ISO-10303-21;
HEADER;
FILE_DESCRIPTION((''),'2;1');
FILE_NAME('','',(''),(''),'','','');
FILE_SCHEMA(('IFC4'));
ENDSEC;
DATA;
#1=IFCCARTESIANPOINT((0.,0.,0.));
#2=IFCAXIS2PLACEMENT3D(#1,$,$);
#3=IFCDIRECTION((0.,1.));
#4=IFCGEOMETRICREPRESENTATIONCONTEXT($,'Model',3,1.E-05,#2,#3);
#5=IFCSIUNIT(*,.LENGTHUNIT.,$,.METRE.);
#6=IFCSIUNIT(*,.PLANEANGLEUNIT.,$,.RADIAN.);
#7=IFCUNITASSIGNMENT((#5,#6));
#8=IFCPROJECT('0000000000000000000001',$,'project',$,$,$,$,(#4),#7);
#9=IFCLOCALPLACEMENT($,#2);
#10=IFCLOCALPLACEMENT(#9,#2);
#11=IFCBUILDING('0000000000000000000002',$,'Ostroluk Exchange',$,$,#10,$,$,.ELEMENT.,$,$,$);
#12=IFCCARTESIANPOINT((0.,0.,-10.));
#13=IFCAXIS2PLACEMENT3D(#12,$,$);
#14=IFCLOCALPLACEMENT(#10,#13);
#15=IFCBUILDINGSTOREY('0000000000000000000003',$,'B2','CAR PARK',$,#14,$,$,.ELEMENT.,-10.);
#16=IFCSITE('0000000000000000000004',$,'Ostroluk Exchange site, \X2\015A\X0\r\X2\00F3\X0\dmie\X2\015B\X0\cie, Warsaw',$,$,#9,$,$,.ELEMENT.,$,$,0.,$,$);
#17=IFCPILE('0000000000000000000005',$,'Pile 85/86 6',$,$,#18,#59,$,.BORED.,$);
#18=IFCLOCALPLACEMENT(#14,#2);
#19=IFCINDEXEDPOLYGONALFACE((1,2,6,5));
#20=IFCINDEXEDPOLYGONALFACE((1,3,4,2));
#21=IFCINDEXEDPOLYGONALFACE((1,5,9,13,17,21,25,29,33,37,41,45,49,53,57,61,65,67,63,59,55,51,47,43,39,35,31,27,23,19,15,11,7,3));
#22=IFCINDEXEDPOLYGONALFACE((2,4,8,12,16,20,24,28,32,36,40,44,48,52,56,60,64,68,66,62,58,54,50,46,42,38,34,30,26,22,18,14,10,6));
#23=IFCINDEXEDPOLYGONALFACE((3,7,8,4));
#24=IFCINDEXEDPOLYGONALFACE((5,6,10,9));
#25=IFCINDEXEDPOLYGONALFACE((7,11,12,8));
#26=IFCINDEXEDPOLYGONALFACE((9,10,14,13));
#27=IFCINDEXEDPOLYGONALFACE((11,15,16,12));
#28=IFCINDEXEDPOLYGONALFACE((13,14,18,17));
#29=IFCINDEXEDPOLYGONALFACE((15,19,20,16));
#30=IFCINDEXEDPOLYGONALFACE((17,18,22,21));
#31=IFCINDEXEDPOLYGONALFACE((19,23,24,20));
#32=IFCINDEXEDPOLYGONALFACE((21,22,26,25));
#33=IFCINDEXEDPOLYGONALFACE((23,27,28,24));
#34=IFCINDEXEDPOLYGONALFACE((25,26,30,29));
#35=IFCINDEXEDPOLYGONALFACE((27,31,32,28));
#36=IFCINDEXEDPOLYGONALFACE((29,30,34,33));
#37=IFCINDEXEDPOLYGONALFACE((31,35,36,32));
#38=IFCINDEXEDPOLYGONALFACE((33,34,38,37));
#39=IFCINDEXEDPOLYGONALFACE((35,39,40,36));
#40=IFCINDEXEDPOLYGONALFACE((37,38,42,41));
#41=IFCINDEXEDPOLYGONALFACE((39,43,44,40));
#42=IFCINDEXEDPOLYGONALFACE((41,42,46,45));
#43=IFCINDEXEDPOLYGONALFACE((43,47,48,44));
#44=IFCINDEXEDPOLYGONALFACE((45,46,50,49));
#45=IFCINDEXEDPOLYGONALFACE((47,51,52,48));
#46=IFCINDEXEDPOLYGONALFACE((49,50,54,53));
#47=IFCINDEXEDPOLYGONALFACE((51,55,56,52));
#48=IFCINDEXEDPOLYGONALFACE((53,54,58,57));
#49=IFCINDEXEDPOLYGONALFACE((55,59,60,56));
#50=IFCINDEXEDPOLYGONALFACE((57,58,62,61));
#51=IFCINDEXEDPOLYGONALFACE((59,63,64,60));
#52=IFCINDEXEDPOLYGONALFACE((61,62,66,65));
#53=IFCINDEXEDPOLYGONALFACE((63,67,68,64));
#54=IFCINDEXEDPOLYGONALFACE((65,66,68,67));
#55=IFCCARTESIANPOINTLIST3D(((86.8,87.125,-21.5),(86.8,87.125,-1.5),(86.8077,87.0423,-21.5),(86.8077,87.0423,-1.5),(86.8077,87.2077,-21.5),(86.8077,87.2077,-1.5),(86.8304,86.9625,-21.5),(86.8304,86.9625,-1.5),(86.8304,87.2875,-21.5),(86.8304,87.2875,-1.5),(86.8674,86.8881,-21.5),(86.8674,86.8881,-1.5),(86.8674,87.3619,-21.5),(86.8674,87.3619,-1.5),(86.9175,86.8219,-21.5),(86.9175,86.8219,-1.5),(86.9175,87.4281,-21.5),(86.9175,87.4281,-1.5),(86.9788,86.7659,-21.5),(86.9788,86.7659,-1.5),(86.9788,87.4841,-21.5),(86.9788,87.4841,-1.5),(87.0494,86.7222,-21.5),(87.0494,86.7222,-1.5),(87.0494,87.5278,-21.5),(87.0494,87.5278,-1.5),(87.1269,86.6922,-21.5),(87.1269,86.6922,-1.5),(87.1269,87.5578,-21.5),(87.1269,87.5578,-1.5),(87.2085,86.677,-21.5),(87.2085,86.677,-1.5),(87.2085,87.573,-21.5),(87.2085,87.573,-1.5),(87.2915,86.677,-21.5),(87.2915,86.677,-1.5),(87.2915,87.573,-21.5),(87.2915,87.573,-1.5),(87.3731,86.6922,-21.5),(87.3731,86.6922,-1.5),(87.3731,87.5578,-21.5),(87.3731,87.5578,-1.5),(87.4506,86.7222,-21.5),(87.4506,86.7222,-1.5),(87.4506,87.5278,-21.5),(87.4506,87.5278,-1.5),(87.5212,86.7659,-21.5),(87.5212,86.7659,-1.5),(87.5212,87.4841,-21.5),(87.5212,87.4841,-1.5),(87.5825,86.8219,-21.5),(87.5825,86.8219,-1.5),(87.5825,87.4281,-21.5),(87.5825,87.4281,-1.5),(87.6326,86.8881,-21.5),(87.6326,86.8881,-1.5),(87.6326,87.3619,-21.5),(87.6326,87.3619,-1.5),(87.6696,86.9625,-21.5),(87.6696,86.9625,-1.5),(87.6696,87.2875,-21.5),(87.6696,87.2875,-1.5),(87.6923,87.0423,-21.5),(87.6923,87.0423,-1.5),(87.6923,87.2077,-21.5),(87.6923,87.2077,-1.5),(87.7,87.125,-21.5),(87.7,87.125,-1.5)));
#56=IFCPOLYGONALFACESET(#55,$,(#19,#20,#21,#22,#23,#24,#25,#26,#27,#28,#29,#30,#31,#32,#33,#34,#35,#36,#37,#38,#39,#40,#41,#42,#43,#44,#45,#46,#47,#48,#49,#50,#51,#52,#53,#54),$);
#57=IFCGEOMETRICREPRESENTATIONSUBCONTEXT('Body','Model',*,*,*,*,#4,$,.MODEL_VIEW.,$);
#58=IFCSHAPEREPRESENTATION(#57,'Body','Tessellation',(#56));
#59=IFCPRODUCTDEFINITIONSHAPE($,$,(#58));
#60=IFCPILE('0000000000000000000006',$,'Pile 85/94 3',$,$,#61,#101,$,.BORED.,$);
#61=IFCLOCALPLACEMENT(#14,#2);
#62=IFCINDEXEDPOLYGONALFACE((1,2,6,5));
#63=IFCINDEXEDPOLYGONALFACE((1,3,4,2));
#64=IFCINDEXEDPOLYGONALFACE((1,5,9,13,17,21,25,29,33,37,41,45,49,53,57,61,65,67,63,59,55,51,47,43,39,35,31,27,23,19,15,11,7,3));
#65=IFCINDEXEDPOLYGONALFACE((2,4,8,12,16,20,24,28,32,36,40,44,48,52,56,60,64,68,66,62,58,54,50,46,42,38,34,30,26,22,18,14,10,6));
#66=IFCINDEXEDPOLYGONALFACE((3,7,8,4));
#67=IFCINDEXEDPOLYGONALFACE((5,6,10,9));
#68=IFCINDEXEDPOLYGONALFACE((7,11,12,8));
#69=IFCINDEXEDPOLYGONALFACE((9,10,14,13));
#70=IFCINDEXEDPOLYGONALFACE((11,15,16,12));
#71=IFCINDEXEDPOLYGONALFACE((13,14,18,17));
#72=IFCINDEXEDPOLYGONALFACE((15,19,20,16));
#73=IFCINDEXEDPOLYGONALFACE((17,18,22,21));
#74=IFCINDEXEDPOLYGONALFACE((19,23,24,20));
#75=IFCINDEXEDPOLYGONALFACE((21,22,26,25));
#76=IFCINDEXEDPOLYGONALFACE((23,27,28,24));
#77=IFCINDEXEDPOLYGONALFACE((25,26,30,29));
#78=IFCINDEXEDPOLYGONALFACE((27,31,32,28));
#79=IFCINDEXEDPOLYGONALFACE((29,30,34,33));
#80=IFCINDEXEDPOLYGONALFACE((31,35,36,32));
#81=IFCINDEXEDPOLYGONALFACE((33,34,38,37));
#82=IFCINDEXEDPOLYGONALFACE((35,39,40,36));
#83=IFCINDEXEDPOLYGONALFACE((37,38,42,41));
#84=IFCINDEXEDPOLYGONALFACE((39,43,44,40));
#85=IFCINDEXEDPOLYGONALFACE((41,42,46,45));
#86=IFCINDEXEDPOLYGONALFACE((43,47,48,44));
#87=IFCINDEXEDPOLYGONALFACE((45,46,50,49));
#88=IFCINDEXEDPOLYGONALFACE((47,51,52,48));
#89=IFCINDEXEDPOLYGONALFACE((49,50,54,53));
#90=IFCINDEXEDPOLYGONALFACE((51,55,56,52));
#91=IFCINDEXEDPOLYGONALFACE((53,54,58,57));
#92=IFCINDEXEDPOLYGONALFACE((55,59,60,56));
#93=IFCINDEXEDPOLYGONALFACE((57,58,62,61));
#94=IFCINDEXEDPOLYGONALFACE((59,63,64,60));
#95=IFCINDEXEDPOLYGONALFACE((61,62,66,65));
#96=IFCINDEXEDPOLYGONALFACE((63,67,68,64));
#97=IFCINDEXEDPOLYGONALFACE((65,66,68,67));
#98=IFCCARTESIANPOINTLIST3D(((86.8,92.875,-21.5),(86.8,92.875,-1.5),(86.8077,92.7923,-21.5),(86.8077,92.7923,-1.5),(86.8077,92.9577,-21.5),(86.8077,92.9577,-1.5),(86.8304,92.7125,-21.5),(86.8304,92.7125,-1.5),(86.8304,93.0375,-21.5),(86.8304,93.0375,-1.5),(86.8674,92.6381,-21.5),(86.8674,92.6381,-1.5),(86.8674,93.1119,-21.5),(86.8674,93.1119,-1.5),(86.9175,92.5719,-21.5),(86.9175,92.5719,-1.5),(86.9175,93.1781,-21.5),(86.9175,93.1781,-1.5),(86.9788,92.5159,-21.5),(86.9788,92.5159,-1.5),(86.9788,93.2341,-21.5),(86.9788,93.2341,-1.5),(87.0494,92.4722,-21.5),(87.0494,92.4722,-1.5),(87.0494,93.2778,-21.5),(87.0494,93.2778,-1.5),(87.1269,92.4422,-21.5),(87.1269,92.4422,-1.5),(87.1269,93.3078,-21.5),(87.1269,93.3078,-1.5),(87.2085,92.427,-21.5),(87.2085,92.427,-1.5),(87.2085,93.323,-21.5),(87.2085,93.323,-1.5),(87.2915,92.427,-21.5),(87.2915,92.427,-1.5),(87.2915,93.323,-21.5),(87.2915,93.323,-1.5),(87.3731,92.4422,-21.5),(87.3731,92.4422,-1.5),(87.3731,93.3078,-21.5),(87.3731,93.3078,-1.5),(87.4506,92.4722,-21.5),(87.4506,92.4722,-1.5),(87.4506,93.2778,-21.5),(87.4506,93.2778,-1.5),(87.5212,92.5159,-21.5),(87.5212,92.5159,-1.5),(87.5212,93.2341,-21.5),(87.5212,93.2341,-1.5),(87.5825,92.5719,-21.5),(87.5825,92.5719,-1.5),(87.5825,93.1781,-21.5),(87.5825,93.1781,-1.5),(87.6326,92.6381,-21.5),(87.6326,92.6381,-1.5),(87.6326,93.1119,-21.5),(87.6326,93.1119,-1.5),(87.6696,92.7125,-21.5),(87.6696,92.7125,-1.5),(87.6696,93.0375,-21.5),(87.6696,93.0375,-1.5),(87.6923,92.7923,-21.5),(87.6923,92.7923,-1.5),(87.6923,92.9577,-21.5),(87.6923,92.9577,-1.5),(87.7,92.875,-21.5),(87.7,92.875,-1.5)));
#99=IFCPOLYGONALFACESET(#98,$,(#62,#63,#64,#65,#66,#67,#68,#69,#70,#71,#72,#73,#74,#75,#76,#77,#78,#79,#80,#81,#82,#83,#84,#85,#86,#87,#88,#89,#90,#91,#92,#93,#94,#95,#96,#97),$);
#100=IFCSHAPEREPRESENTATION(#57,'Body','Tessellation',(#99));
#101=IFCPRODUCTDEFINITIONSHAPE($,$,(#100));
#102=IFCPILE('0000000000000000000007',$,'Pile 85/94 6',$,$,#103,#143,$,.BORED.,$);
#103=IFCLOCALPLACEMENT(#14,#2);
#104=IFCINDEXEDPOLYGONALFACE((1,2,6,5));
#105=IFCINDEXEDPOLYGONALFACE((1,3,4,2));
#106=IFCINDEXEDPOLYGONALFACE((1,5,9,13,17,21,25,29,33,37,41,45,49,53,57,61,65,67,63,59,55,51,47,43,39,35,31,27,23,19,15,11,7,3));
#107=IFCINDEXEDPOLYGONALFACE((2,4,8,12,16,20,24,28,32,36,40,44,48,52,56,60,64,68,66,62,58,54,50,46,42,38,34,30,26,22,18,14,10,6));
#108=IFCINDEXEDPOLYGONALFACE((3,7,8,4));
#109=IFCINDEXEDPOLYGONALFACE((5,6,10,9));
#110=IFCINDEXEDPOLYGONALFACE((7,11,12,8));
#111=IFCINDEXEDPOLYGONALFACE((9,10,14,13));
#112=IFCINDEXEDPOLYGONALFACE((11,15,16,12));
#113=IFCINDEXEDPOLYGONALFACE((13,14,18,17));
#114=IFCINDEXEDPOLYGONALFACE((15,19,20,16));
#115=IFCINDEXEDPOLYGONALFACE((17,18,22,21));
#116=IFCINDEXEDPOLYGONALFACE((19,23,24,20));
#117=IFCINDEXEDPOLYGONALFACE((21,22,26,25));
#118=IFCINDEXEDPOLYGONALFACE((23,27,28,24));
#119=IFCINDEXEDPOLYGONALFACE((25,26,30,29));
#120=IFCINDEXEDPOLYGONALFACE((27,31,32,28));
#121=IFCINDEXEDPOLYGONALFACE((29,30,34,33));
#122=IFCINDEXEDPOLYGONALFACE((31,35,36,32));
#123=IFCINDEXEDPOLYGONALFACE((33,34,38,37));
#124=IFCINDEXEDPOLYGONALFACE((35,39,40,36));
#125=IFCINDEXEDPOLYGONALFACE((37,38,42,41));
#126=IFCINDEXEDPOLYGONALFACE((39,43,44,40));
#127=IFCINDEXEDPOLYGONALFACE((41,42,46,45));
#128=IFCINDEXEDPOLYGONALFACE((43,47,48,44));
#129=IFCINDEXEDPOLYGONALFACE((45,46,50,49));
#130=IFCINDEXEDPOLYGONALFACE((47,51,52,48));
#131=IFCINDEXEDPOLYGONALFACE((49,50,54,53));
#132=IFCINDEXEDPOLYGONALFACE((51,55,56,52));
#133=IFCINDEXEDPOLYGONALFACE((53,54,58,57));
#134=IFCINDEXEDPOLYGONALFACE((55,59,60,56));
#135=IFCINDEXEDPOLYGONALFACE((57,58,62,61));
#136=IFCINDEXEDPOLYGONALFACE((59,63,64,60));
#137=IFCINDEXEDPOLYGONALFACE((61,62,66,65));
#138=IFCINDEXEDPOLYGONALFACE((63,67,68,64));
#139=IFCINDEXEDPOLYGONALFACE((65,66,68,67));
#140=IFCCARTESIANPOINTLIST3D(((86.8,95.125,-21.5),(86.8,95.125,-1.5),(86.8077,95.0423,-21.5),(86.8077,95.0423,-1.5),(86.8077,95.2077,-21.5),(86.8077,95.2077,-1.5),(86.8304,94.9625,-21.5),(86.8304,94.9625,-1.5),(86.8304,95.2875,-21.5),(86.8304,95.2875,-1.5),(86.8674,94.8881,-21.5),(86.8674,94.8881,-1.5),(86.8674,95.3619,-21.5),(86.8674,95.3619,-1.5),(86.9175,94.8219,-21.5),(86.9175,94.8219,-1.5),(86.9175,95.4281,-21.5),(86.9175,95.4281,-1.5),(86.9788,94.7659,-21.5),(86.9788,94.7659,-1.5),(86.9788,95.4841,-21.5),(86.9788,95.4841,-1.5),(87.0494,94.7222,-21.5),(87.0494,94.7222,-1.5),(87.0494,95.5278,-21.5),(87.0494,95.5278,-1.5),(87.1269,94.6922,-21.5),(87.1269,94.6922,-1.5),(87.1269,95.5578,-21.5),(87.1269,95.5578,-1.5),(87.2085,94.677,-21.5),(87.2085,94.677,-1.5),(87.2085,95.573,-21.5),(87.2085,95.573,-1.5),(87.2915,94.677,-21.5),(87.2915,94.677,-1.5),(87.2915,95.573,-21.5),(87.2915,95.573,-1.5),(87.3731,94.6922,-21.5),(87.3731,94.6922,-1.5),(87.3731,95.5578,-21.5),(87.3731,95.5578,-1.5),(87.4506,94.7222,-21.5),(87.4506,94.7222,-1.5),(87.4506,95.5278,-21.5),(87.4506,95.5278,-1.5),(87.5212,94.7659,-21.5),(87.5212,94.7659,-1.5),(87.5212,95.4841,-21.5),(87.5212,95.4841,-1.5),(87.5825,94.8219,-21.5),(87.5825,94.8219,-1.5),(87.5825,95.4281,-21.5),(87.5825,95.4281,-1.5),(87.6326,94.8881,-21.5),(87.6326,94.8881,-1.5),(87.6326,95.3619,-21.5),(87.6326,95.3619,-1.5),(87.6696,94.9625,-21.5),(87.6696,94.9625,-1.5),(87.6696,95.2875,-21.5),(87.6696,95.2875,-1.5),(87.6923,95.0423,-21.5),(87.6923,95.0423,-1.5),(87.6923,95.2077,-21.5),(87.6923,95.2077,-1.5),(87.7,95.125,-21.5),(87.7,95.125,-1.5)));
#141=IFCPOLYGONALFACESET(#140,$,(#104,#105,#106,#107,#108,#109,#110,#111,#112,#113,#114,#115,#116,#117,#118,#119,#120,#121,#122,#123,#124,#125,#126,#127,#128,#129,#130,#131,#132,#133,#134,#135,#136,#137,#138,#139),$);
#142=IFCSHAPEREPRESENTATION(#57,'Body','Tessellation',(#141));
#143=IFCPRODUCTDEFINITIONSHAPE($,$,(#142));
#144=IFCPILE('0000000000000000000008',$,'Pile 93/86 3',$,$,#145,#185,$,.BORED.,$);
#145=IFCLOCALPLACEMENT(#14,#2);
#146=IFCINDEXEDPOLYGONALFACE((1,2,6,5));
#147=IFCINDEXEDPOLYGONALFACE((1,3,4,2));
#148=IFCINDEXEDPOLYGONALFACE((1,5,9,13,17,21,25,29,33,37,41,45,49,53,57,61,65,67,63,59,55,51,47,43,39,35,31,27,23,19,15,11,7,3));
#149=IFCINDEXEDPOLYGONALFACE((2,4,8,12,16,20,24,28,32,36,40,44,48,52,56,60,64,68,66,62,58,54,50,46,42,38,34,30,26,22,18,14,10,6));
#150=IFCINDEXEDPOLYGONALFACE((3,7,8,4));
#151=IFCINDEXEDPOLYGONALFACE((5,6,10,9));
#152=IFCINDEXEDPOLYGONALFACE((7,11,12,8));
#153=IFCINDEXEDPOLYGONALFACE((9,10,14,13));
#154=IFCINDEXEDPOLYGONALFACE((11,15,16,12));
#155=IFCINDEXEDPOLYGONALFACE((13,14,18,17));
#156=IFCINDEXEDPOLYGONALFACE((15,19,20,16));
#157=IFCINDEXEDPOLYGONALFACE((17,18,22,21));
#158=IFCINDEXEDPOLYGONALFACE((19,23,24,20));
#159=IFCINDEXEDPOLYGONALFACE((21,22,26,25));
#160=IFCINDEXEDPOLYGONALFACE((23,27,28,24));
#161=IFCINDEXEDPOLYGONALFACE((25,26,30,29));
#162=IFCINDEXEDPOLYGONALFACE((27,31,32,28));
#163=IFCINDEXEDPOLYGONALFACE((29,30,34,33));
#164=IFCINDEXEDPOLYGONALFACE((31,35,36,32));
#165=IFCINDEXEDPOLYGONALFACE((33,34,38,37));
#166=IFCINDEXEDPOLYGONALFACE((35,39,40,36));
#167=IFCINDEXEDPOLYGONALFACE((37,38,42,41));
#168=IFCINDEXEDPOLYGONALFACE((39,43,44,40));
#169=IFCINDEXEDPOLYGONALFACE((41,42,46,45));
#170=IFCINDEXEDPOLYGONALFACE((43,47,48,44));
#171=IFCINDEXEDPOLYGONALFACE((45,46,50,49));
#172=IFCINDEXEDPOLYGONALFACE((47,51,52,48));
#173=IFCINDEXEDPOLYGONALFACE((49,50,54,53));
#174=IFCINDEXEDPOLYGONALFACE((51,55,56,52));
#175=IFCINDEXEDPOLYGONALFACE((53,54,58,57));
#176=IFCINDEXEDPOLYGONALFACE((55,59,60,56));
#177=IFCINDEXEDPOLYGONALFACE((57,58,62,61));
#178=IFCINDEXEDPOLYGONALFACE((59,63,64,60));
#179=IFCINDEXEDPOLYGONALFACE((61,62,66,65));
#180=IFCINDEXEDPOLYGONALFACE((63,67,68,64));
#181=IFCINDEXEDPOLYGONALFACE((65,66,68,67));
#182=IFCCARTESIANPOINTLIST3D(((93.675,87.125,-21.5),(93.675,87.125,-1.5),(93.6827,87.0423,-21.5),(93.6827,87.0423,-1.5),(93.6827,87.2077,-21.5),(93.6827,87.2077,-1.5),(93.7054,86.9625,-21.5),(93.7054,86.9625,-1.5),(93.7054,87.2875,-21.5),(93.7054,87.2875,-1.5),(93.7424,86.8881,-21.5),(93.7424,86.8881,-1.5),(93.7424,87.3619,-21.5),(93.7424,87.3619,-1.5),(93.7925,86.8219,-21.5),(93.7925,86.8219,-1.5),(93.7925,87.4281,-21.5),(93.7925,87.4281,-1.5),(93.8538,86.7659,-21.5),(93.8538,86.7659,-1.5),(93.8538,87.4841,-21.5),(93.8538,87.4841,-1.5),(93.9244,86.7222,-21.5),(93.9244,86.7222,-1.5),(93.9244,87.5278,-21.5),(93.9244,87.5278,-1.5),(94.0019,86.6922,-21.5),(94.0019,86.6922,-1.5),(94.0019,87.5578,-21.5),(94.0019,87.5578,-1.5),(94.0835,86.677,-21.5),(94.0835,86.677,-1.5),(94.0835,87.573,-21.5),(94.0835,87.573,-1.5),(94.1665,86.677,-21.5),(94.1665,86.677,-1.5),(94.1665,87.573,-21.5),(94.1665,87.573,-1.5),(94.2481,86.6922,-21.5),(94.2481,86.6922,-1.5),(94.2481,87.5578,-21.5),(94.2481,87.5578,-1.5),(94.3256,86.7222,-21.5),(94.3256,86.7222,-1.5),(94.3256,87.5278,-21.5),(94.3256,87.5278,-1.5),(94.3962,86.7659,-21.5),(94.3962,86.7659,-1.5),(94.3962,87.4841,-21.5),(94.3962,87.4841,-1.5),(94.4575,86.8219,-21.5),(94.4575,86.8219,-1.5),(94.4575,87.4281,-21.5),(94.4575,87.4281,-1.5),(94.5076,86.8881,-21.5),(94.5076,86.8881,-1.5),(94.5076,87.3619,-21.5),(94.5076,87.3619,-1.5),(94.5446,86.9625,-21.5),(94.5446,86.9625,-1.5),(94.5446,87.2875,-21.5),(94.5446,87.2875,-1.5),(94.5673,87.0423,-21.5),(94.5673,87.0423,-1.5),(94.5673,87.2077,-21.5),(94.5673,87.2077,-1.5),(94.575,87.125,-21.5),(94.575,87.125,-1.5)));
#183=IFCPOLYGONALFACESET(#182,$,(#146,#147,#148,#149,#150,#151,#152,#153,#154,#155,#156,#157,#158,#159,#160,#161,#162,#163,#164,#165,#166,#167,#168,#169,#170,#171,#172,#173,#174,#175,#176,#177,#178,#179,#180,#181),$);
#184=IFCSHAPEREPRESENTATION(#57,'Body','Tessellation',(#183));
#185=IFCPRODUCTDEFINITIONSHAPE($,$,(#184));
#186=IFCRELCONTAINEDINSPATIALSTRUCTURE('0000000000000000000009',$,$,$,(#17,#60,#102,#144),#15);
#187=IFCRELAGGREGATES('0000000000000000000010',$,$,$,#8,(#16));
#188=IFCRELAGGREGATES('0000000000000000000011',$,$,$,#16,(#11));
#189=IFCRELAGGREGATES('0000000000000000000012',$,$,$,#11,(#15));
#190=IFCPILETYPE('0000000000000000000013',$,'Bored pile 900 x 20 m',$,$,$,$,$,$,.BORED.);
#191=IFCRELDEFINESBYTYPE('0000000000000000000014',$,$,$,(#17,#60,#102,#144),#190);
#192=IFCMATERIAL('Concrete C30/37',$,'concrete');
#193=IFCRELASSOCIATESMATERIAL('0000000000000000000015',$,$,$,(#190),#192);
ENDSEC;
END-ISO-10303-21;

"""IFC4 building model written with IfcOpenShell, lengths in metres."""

from ifc_helpers import new_model, si_unit, direction, frame, origin, origin_2d, place, context, subcontext, project, spatial, circle, extrude, material, type_object, element, save


model = new_model("IFC4")

# Units and contexts
model_context = context("Model", 3, precision=1e-05, world=origin(), true_north=direction((0.0, 1.0)))
body_context = subcontext(model_context, "Body", "Model", "MODEL_VIEW")
ifc_project = project(units=[si_unit("LENGTHUNIT", "METRE"), si_unit("PLANEANGLEUNIT", "RADIAN")], contexts=[model_context])

# Site, building, storey
site_placement = place(None, origin())
site = spatial("IfcSite", under=ifc_project, at=site_placement, Name="Ostroluk Exchange site, Śródmieście, Warsaw", CompositionType="ELEMENT", RefElevation=0.0)
building_placement = place(site_placement, origin())
building = spatial("IfcBuilding", under=site, at=building_placement, Name="Ostroluk Exchange", CompositionType="ELEMENT")
storey_placement = place(building_placement, frame((0.0, 0.0, -10.0)))
storey = spatial("IfcBuildingStorey", under=building, at=storey_placement, Name="B2", Description="CAR PARK", CompositionType="ELEMENT", Elevation=-10.0)

# Piles
ifc_material_1 = material(Name="Concrete C30/37", Category="concrete")
pile_type = type_object("IfcPileType", Name="Bored pile 900 x 20 m", PredefinedType="BORED", material=ifc_material_1)
for number, where, z_axis, x_axis, name in (
    (1, (87.25, 87.125, -1.5), (0.0, 0.0, -1.0), (1.0, 0.0, 0.0), "Pile 85/86 6"),
    (2, (87.25, 92.875, -1.5), (0.0, 0.0, -1.0), (1.0, 0.0, 0.0), "Pile 85/94 3"),
    (3, (87.25, 95.125, -1.5), (0.0, 0.0, -1.0), (1.0, 0.0, 0.0), "Pile 85/94 6"),
    (4, (94.125, 87.125, -1.5), (0.0, 0.0, -1.0), (1.0, 0.0, 0.0), "Pile 93/86 3"),
):
    element("IfcPile", number, at=place(storey_placement, frame(where, z_axis=z_axis, x_axis=x_axis)), inside=storey, type_object=pile_type, Name=name, PredefinedType="BORED", context=body_context, shape_type="SweptSolid", body=[
        extrude(circle(Radius=0.45, at=origin_2d()), origin(), (0.0, 0.0, 1.0), 20.0),
    ])

save(model, "model.ifc")
